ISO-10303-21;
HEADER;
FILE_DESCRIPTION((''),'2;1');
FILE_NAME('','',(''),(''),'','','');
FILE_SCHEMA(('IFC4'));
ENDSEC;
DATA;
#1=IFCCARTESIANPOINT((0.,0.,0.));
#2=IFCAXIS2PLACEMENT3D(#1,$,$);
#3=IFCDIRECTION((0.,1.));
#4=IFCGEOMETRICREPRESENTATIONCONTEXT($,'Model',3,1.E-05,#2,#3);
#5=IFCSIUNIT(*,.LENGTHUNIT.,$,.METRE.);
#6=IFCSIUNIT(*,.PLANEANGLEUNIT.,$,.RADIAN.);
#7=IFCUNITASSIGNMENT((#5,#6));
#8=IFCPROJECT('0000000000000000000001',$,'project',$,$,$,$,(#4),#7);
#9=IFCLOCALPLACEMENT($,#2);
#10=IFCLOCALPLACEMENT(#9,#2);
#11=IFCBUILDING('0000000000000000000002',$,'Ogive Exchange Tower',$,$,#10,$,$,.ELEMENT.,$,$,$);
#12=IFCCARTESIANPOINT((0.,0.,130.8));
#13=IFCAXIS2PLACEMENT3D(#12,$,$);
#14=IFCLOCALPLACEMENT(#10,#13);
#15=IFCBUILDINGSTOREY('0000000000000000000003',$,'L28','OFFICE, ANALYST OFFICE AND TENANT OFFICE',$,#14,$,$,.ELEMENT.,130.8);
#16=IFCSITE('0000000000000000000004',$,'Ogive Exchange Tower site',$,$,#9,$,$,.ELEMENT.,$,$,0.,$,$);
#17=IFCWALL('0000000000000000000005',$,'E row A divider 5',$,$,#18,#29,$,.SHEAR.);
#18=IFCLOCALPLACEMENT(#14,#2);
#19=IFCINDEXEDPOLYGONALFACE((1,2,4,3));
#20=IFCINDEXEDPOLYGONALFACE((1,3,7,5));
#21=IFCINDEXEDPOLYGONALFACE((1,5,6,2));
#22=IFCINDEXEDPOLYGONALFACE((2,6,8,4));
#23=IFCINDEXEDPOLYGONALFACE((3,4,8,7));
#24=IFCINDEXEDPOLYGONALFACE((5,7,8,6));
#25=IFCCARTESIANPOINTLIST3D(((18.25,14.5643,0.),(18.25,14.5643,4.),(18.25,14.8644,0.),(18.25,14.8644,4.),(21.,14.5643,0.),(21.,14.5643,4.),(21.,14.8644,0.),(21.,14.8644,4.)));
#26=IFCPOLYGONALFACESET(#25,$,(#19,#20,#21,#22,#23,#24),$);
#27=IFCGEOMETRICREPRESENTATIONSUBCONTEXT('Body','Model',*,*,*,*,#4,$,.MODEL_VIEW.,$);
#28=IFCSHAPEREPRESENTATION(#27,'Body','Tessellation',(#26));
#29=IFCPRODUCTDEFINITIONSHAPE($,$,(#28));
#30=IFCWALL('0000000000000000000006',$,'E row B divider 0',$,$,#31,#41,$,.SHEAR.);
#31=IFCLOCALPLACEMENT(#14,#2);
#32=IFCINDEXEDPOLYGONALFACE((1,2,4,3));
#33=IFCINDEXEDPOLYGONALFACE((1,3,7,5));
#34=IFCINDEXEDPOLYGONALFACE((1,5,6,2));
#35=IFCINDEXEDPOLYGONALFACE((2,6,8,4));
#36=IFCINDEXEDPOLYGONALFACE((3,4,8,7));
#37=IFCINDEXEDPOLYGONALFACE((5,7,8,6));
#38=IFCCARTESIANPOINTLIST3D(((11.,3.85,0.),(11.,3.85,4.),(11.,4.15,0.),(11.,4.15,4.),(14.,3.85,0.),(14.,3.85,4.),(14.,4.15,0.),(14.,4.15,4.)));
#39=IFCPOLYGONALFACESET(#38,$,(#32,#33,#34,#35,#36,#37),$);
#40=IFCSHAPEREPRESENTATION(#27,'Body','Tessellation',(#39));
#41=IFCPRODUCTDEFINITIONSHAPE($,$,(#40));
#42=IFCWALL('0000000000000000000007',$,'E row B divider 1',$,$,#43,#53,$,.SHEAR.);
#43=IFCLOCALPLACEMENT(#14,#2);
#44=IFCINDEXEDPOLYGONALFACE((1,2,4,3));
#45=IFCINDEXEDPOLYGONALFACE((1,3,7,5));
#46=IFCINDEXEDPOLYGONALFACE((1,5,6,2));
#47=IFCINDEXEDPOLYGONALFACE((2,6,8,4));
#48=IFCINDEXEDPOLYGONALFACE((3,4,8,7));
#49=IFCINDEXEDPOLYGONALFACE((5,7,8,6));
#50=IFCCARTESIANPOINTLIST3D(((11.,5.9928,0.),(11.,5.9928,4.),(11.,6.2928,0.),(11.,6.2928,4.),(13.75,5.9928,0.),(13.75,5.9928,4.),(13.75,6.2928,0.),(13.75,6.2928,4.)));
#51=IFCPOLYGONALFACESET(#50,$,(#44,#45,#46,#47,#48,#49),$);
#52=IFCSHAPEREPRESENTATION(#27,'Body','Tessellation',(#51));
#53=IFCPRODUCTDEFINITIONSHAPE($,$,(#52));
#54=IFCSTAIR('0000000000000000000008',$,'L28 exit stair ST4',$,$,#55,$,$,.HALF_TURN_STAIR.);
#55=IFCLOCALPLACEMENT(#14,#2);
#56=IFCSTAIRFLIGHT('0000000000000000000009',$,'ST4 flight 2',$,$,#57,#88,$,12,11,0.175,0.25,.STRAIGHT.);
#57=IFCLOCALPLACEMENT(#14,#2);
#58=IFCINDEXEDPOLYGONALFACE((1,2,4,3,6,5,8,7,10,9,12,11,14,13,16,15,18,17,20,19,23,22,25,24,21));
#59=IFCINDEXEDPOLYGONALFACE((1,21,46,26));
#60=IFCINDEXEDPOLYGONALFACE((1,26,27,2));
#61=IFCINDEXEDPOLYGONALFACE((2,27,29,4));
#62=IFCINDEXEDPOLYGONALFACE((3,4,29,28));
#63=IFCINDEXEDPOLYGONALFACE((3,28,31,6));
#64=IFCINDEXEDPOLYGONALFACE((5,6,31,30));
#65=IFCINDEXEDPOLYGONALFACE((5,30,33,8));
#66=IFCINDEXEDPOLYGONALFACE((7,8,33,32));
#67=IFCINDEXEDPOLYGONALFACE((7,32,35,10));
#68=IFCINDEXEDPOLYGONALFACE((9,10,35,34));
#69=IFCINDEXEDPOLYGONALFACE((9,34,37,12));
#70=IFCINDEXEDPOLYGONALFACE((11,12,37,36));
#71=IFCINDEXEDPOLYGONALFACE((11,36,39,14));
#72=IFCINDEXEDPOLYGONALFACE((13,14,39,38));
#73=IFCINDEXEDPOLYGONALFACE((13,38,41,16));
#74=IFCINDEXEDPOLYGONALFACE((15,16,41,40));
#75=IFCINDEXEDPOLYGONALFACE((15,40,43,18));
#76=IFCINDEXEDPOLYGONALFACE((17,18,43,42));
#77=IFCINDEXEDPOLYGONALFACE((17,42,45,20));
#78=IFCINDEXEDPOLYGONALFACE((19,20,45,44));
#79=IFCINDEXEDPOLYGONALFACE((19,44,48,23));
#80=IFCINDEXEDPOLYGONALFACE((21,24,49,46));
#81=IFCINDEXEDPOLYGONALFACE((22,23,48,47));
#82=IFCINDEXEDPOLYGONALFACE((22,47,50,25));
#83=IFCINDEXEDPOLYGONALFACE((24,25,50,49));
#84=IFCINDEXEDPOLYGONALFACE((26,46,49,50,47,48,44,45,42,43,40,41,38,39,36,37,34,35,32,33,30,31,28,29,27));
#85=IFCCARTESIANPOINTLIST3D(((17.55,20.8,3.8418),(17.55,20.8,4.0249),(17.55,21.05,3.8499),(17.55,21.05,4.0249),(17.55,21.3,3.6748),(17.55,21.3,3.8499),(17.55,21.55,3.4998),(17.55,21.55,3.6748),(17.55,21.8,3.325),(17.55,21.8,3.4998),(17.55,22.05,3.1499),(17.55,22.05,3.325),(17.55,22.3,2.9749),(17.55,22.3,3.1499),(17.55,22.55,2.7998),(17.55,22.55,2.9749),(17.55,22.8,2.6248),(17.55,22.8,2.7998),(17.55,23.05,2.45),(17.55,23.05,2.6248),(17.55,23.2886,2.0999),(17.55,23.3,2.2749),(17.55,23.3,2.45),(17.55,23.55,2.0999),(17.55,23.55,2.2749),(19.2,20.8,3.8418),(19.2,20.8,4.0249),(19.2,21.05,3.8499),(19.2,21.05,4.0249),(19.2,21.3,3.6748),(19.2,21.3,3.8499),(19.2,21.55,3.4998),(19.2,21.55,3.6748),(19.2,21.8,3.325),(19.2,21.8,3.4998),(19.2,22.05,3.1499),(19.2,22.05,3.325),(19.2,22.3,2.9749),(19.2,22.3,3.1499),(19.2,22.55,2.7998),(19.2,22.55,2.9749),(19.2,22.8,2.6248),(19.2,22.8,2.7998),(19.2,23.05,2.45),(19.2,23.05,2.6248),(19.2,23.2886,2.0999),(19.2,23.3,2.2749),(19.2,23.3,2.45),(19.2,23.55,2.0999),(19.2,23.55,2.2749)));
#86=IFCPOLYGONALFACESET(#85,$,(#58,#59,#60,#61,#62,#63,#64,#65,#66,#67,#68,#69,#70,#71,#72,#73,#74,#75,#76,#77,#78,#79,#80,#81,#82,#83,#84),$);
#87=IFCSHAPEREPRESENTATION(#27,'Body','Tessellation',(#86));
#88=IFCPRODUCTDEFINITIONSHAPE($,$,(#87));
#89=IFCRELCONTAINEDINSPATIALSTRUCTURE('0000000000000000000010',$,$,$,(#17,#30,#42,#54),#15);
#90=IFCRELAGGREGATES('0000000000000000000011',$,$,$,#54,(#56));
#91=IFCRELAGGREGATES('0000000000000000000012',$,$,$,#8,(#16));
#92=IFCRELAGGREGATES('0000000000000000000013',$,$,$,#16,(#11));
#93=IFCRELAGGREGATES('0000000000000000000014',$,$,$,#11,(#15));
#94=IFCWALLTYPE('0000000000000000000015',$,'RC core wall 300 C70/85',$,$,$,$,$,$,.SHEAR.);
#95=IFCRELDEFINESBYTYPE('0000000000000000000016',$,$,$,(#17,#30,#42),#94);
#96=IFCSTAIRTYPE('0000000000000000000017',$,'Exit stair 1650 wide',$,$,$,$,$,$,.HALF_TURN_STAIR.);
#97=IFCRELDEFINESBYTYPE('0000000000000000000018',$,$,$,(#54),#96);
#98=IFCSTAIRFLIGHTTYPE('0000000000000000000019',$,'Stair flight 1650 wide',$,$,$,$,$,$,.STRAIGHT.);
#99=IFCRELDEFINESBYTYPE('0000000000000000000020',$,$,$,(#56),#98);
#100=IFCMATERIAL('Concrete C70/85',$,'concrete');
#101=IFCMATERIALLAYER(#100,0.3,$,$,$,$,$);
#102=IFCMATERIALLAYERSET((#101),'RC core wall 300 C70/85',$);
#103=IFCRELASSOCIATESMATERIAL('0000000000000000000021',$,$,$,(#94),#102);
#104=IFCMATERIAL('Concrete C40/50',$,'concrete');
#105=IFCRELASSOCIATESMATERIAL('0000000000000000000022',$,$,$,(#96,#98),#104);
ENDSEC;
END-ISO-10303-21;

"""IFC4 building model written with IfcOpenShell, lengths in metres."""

from ifc_helpers import new_model, si_unit, direction, frame, frame_2d, origin, place, context, subcontext, project, spatial, polyline, rectangle, outline, extrude, material, layer, layer_set, type_object, element, aggregate, save


model = new_model("IFC4")

# Units and contexts
model_context = context("Model", 3, precision=1e-05, world=origin(), true_north=direction((0.0, 1.0)))
body_context = subcontext(model_context, "Body", "Model", "MODEL_VIEW")
ifc_project = project(units=[si_unit("LENGTHUNIT", "METRE"), si_unit("PLANEANGLEUNIT", "RADIAN")], contexts=[model_context])

# Site, building, storey
site_placement = place(None, origin())
site = spatial("IfcSite", under=ifc_project, at=site_placement, Name="Ogive Exchange Tower site", CompositionType="ELEMENT", RefElevation=0.0)
building_placement = place(site_placement, origin())
building = spatial("IfcBuilding", under=site, at=building_placement, Name="Ogive Exchange Tower", CompositionType="ELEMENT")
storey_placement = place(building_placement, frame((0.0, 0.0, 130.8)))
storey = spatial("IfcBuildingStorey", under=building, at=storey_placement, Name="L28", Description="OFFICE, ANALYST OFFICE AND TENANT OFFICE", CompositionType="ELEMENT", Elevation=130.8)

# Shared definitions
ifc_material_1 = material(Name="Concrete C70/85", Category="concrete")

# Walls
ifc_layer_1 = layer(ifc_material_1, 0.3)
ifc_layer_set_1 = layer_set([ifc_layer_1], Name="RC core wall 300 C70/85")
wall_type_1 = type_object("IfcWallType", Name="RC core wall 300 C70/85", PredefinedType="SHEAR", material=ifc_layer_set_1)
for number, where, z_axis, x_axis, name in (
    (1, (18.25, 14.7144, 0.0), (0.0, 0.0, 1.0), (1.0, 0.0, 0.0), "E row A divider 5"),
):
    element("IfcWall", number, at=place(storey_placement, frame(where, z_axis=z_axis, x_axis=x_axis)), inside=storey, type_object=wall_type_1, Name=name, PredefinedType="SHEAR", context=body_context, shape_type="SweptSolid", body=[
        extrude(rectangle(XDim=2.75, YDim=0.3, at=frame_2d((1.375, 0.0))), origin(), (0.0, 0.0, 1.0), 4.0),
    ])
wall_1_placement = place(storey_placement, frame((11.0, 4.0, 0.0), z_axis=(0.0, 0.0, 1.0), x_axis=(1.0, 0.0, 0.0)))
element("IfcWall", 2, at=wall_1_placement, inside=storey, type_object=wall_type_1, Name="E row B divider 0", PredefinedType="SHEAR", context=body_context, shape_type="SweptSolid", body=[
    extrude(rectangle(XDim=3.0, YDim=0.3, at=frame_2d((1.5, 0.0))), origin(), (0.0, 0.0, 1.0), 4.0),
])
wall_2_placement = place(storey_placement, frame((11.0, 6.1428, 0.0), z_axis=(0.0, 0.0, 1.0), x_axis=(1.0, 0.0, 0.0)))
element("IfcWall", 3, at=wall_2_placement, inside=storey, type_object=wall_type_1, Name="E row B divider 1", PredefinedType="SHEAR", context=body_context, shape_type="SweptSolid", body=[
    extrude(rectangle(XDim=2.75, YDim=0.3, at=frame_2d((1.375, 0.0))), origin(), (0.0, 0.0, 1.0), 4.0),
])

# Stair, stair flight
ifc_material_2 = material(Name="Concrete C40/50", Category="concrete")
stair_type = type_object("IfcStairType", Name="Exit stair 1650 wide", PredefinedType="HALF_TURN_STAIR", material=ifc_material_2)
stair_placement = place(storey_placement, origin())
stair = element("IfcStair", 4, at=stair_placement, inside=storey, type_object=stair_type, Name="L28 exit stair ST4", PredefinedType="HALF_TURN_STAIR")
stair_flight_type = type_object("IfcStairFlightType", Name="Stair flight 1650 wide", PredefinedType="STRAIGHT", material=ifc_material_2)
stair_flight_placement = place(storey_placement, frame((18.375, 23.55, 2.0999), z_axis=(0.0, 0.0, 1.0), x_axis=(0.0, -1.0, 0.0)))
stair_flight = element("IfcStairFlight", 5, at=stair_flight_placement, type_object=stair_flight_type, Name="ST4 flight 2", NumberOfRisers=12, NumberOfTreads=11, PredefinedType="STRAIGHT", RiserHeight=0.175, TreadLength=0.25, context=body_context, shape_type="SweptSolid", body=[
    extrude(outline(polyline([(0.0, 0.0), (0.0, 0.175), (0.25, 0.175), (0.25, 0.3501), (0.5, 0.3501), (0.5, 0.5249), (0.75, 0.5249), (0.75, 0.7), (1.0, 0.7), (1.0, 0.875), (1.25, 0.875), (1.25, 1.05), (1.5, 1.05), (1.5, 1.2251), (1.75, 1.2251), (1.75, 1.3999), (2.0, 1.3999), (2.0, 1.575), (2.25, 1.575), (2.25, 1.75), (2.5, 1.75), (2.5, 1.925), (2.75, 1.925), (2.75, 2.1001), (2.75, 1.7419), (0.2615, 0.0), (0.0, 0.0)])), frame((0.0, 0.825, 0.0), z_axis=(0.0, -1.0, 0.0), x_axis=(1.0, 0.0, 0.0)), (0.0, 0.0, 1.0), 1.6499),
])
aggregate(stair, [stair_flight])

save(model, "model.ifc")
